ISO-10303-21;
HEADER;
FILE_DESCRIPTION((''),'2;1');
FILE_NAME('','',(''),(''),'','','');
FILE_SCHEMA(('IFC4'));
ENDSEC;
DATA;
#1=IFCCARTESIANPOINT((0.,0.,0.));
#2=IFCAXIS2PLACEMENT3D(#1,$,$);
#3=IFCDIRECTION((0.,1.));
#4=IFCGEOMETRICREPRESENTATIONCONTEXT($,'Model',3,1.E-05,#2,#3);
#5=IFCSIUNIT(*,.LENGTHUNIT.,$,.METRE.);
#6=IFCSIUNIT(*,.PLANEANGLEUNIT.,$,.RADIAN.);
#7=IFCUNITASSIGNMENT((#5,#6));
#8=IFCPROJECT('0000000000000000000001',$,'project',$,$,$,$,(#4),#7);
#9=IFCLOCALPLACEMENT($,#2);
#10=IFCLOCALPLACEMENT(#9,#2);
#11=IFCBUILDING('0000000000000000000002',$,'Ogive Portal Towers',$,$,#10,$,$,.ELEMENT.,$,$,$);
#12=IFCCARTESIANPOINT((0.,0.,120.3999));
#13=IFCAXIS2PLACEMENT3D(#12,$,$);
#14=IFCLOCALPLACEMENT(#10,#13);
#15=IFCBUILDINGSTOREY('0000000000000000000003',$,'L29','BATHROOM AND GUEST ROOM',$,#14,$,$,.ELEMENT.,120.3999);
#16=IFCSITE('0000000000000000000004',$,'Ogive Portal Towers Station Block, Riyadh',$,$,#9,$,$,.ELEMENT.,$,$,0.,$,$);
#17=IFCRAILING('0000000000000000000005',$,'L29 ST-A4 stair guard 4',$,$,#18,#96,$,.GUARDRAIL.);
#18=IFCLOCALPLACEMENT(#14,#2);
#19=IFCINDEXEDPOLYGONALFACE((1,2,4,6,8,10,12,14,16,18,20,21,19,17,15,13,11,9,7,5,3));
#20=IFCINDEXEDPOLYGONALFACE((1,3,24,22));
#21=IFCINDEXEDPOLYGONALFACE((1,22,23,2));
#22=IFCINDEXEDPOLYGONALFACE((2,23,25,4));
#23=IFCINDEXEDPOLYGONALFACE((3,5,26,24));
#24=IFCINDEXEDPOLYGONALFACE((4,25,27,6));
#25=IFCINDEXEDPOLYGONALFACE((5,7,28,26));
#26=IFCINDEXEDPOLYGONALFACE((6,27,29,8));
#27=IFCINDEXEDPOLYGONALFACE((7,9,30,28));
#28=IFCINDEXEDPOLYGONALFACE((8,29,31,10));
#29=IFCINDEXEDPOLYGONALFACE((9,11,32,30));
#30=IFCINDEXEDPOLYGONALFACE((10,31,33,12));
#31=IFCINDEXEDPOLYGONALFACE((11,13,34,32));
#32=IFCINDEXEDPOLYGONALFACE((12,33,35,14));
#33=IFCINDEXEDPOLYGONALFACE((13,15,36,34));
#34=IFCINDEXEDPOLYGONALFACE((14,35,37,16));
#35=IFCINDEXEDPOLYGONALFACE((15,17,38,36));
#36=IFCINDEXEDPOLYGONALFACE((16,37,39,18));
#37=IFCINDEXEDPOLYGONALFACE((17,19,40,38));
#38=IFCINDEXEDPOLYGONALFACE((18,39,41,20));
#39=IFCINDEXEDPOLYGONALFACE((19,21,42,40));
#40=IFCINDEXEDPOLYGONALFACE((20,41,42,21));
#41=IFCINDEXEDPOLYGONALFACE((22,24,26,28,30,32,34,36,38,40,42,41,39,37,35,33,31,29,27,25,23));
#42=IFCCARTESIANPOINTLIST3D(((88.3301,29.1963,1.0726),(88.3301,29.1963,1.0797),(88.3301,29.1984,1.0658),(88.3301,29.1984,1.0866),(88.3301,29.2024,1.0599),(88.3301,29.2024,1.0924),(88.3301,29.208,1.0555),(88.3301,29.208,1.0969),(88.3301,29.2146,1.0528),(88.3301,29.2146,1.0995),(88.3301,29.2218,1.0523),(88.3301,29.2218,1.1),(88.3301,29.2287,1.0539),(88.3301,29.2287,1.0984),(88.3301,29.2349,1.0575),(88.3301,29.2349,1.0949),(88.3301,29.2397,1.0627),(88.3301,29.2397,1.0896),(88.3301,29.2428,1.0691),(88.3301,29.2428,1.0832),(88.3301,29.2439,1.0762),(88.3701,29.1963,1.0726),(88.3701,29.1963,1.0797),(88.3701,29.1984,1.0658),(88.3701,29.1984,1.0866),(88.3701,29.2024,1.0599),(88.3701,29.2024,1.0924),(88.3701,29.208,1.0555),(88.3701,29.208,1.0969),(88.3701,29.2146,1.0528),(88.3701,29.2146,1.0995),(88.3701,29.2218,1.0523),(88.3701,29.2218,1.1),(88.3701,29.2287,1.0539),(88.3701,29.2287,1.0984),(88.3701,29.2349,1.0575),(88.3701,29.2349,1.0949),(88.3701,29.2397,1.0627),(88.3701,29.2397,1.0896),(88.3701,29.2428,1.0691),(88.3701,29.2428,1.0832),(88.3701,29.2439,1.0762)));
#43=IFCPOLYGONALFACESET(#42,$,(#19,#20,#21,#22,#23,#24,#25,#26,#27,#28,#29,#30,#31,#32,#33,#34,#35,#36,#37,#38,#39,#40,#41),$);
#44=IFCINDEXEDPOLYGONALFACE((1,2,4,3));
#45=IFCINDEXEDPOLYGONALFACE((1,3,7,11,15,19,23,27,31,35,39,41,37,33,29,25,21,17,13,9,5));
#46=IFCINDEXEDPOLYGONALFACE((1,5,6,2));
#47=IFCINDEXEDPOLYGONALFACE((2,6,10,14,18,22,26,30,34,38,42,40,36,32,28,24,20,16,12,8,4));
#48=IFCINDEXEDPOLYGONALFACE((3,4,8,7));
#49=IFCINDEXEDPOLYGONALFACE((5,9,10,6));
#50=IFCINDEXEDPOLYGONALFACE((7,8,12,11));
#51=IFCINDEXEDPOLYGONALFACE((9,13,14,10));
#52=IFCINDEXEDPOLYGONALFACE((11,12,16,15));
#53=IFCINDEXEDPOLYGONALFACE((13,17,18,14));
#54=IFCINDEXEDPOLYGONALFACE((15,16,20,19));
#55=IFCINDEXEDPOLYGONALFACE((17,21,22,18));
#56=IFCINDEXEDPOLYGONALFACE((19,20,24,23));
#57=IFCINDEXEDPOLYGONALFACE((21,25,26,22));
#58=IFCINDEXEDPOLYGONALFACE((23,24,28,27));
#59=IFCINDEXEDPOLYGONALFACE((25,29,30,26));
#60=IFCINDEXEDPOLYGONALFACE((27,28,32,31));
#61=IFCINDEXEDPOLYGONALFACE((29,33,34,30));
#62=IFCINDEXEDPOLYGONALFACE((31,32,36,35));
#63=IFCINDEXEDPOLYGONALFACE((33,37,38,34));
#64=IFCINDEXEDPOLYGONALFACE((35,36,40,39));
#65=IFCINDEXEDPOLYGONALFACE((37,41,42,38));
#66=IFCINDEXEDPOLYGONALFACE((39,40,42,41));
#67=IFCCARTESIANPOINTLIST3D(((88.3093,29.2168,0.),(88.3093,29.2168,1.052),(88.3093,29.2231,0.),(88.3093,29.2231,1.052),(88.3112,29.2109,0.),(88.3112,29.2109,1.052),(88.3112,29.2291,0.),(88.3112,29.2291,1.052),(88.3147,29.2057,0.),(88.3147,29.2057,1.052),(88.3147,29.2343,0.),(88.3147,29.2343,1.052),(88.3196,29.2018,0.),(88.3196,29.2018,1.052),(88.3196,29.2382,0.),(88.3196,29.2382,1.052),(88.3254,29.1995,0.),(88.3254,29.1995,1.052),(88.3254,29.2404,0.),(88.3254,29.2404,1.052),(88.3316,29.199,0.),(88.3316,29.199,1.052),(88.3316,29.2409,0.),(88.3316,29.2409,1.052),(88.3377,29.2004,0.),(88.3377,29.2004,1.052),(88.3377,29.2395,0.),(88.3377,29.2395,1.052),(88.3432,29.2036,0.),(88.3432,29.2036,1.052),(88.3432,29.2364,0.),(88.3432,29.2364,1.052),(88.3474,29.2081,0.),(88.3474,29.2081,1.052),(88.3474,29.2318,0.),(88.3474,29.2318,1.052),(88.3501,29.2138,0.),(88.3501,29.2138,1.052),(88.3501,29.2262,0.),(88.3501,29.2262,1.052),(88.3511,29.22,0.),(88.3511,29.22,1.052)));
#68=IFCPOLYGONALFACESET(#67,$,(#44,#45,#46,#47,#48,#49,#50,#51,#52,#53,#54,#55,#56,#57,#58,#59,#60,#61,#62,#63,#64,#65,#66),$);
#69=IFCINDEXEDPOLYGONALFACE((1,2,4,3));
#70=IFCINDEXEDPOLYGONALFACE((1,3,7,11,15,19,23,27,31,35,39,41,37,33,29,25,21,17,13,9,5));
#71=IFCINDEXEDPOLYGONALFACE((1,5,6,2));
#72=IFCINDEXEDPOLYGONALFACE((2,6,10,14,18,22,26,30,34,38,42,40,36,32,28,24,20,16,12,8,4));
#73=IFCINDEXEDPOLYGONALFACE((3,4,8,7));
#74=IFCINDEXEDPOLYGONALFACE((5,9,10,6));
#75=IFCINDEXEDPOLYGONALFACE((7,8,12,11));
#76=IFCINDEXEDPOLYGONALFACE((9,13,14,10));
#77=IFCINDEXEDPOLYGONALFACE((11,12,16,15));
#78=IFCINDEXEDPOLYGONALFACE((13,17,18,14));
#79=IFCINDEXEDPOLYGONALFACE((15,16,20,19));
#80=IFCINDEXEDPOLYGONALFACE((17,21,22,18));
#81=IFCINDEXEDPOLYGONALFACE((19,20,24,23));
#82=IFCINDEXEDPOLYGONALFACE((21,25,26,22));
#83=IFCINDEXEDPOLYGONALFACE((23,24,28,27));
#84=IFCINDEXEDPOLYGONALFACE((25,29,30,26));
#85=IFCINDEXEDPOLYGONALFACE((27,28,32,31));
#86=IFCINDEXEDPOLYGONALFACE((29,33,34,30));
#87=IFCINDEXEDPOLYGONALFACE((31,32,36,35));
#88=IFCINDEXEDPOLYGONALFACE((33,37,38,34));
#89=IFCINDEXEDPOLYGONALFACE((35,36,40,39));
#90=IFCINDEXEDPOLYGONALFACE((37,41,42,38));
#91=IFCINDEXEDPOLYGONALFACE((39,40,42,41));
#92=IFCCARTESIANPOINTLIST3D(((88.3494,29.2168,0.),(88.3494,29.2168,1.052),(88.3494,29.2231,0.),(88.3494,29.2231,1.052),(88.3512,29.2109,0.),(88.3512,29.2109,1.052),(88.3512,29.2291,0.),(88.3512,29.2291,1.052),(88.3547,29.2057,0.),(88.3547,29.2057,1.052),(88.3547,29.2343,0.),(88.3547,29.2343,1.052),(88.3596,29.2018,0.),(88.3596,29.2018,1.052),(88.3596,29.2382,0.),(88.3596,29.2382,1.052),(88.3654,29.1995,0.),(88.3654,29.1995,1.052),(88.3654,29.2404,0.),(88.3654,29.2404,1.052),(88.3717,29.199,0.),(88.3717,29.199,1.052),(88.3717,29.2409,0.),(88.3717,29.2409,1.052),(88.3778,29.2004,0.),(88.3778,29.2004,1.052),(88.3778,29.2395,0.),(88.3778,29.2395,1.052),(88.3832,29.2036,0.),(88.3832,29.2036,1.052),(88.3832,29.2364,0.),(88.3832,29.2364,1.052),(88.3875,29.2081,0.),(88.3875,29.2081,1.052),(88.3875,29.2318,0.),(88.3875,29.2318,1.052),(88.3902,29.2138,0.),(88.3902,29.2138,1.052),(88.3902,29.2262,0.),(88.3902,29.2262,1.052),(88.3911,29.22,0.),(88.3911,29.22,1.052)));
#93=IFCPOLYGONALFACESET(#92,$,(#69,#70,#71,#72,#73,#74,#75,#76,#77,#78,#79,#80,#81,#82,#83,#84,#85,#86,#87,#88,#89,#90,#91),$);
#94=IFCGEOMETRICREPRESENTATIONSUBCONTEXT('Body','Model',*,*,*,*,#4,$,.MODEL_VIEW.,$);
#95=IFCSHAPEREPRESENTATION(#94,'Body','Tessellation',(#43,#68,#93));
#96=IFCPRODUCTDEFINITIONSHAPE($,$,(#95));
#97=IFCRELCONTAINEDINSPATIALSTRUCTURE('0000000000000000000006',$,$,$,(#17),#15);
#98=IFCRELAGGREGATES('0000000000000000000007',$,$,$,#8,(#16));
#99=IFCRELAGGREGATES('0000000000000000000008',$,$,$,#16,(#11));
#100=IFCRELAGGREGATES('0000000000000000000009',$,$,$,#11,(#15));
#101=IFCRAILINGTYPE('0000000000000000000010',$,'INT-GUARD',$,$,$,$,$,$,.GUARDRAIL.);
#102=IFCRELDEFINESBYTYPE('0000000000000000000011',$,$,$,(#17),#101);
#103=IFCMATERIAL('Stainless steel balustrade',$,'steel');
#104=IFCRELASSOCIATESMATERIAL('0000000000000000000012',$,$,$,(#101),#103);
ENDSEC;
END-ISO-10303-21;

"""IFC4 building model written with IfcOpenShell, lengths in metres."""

from ifc_helpers import new_model, si_unit, direction, frame, origin, origin_2d, place, context, subcontext, project, spatial, circle, extrude, material, type_object, element, save


model = new_model("IFC4")

# Units and contexts
model_context = context("Model", 3, precision=1e-05, world=origin(), true_north=direction((0.0, 1.0)))
body_context = subcontext(model_context, "Body", "Model", "MODEL_VIEW")
ifc_project = project(units=[si_unit("LENGTHUNIT", "METRE"), si_unit("PLANEANGLEUNIT", "RADIAN")], contexts=[model_context])

# Site, building, storey
site_placement = place(None, origin())
site = spatial("IfcSite", under=ifc_project, at=site_placement, Name="Ogive Portal Towers Station Block, Riyadh", CompositionType="ELEMENT", RefElevation=0.0)
building_placement = place(site_placement, origin())
building = spatial("IfcBuilding", under=site, at=building_placement, Name="Ogive Portal Towers", CompositionType="ELEMENT")
storey_placement = place(building_placement, frame((0.0, 0.0, 120.3999)))
storey = spatial("IfcBuildingStorey", under=building, at=storey_placement, Name="L29", Description="BATHROOM AND GUEST ROOM", CompositionType="ELEMENT", Elevation=120.3999)

# Railing
ifc_material_1 = material(Name="Stainless steel balustrade", Category="steel")
railing_type_1 = type_object("IfcRailingType", Name="INT-GUARD", PredefinedType="GUARDRAIL", material=ifc_material_1)
railing_1_placement = place(storey_placement, frame((88.3301, 29.22, 0.0)))
element("IfcRailing", 1, at=railing_1_placement, inside=storey, type_object=railing_type_1, Name="L29 ST-A4 stair guard 4", PredefinedType="GUARDRAIL", context=body_context, shape_type="SweptSolid", body=[
    extrude(circle(Radius=0.0239, at=origin_2d()), frame((0.0, 0.0, 1.0762), z_axis=(1.0, 0.0, 0.0), x_axis=(0.0, 1.0, 0.0)), (0.0, 0.0, 1.0), 0.04),
    extrude(circle(Radius=0.021, at=origin_2d()), origin(), (0.0, 0.0, 1.0), 1.052),
    extrude(circle(Radius=0.021, at=origin_2d()), frame((0.04, 0.0, 0.0)), (0.0, 0.0, 1.0), 1.052),
])

save(model, "model.ifc")
